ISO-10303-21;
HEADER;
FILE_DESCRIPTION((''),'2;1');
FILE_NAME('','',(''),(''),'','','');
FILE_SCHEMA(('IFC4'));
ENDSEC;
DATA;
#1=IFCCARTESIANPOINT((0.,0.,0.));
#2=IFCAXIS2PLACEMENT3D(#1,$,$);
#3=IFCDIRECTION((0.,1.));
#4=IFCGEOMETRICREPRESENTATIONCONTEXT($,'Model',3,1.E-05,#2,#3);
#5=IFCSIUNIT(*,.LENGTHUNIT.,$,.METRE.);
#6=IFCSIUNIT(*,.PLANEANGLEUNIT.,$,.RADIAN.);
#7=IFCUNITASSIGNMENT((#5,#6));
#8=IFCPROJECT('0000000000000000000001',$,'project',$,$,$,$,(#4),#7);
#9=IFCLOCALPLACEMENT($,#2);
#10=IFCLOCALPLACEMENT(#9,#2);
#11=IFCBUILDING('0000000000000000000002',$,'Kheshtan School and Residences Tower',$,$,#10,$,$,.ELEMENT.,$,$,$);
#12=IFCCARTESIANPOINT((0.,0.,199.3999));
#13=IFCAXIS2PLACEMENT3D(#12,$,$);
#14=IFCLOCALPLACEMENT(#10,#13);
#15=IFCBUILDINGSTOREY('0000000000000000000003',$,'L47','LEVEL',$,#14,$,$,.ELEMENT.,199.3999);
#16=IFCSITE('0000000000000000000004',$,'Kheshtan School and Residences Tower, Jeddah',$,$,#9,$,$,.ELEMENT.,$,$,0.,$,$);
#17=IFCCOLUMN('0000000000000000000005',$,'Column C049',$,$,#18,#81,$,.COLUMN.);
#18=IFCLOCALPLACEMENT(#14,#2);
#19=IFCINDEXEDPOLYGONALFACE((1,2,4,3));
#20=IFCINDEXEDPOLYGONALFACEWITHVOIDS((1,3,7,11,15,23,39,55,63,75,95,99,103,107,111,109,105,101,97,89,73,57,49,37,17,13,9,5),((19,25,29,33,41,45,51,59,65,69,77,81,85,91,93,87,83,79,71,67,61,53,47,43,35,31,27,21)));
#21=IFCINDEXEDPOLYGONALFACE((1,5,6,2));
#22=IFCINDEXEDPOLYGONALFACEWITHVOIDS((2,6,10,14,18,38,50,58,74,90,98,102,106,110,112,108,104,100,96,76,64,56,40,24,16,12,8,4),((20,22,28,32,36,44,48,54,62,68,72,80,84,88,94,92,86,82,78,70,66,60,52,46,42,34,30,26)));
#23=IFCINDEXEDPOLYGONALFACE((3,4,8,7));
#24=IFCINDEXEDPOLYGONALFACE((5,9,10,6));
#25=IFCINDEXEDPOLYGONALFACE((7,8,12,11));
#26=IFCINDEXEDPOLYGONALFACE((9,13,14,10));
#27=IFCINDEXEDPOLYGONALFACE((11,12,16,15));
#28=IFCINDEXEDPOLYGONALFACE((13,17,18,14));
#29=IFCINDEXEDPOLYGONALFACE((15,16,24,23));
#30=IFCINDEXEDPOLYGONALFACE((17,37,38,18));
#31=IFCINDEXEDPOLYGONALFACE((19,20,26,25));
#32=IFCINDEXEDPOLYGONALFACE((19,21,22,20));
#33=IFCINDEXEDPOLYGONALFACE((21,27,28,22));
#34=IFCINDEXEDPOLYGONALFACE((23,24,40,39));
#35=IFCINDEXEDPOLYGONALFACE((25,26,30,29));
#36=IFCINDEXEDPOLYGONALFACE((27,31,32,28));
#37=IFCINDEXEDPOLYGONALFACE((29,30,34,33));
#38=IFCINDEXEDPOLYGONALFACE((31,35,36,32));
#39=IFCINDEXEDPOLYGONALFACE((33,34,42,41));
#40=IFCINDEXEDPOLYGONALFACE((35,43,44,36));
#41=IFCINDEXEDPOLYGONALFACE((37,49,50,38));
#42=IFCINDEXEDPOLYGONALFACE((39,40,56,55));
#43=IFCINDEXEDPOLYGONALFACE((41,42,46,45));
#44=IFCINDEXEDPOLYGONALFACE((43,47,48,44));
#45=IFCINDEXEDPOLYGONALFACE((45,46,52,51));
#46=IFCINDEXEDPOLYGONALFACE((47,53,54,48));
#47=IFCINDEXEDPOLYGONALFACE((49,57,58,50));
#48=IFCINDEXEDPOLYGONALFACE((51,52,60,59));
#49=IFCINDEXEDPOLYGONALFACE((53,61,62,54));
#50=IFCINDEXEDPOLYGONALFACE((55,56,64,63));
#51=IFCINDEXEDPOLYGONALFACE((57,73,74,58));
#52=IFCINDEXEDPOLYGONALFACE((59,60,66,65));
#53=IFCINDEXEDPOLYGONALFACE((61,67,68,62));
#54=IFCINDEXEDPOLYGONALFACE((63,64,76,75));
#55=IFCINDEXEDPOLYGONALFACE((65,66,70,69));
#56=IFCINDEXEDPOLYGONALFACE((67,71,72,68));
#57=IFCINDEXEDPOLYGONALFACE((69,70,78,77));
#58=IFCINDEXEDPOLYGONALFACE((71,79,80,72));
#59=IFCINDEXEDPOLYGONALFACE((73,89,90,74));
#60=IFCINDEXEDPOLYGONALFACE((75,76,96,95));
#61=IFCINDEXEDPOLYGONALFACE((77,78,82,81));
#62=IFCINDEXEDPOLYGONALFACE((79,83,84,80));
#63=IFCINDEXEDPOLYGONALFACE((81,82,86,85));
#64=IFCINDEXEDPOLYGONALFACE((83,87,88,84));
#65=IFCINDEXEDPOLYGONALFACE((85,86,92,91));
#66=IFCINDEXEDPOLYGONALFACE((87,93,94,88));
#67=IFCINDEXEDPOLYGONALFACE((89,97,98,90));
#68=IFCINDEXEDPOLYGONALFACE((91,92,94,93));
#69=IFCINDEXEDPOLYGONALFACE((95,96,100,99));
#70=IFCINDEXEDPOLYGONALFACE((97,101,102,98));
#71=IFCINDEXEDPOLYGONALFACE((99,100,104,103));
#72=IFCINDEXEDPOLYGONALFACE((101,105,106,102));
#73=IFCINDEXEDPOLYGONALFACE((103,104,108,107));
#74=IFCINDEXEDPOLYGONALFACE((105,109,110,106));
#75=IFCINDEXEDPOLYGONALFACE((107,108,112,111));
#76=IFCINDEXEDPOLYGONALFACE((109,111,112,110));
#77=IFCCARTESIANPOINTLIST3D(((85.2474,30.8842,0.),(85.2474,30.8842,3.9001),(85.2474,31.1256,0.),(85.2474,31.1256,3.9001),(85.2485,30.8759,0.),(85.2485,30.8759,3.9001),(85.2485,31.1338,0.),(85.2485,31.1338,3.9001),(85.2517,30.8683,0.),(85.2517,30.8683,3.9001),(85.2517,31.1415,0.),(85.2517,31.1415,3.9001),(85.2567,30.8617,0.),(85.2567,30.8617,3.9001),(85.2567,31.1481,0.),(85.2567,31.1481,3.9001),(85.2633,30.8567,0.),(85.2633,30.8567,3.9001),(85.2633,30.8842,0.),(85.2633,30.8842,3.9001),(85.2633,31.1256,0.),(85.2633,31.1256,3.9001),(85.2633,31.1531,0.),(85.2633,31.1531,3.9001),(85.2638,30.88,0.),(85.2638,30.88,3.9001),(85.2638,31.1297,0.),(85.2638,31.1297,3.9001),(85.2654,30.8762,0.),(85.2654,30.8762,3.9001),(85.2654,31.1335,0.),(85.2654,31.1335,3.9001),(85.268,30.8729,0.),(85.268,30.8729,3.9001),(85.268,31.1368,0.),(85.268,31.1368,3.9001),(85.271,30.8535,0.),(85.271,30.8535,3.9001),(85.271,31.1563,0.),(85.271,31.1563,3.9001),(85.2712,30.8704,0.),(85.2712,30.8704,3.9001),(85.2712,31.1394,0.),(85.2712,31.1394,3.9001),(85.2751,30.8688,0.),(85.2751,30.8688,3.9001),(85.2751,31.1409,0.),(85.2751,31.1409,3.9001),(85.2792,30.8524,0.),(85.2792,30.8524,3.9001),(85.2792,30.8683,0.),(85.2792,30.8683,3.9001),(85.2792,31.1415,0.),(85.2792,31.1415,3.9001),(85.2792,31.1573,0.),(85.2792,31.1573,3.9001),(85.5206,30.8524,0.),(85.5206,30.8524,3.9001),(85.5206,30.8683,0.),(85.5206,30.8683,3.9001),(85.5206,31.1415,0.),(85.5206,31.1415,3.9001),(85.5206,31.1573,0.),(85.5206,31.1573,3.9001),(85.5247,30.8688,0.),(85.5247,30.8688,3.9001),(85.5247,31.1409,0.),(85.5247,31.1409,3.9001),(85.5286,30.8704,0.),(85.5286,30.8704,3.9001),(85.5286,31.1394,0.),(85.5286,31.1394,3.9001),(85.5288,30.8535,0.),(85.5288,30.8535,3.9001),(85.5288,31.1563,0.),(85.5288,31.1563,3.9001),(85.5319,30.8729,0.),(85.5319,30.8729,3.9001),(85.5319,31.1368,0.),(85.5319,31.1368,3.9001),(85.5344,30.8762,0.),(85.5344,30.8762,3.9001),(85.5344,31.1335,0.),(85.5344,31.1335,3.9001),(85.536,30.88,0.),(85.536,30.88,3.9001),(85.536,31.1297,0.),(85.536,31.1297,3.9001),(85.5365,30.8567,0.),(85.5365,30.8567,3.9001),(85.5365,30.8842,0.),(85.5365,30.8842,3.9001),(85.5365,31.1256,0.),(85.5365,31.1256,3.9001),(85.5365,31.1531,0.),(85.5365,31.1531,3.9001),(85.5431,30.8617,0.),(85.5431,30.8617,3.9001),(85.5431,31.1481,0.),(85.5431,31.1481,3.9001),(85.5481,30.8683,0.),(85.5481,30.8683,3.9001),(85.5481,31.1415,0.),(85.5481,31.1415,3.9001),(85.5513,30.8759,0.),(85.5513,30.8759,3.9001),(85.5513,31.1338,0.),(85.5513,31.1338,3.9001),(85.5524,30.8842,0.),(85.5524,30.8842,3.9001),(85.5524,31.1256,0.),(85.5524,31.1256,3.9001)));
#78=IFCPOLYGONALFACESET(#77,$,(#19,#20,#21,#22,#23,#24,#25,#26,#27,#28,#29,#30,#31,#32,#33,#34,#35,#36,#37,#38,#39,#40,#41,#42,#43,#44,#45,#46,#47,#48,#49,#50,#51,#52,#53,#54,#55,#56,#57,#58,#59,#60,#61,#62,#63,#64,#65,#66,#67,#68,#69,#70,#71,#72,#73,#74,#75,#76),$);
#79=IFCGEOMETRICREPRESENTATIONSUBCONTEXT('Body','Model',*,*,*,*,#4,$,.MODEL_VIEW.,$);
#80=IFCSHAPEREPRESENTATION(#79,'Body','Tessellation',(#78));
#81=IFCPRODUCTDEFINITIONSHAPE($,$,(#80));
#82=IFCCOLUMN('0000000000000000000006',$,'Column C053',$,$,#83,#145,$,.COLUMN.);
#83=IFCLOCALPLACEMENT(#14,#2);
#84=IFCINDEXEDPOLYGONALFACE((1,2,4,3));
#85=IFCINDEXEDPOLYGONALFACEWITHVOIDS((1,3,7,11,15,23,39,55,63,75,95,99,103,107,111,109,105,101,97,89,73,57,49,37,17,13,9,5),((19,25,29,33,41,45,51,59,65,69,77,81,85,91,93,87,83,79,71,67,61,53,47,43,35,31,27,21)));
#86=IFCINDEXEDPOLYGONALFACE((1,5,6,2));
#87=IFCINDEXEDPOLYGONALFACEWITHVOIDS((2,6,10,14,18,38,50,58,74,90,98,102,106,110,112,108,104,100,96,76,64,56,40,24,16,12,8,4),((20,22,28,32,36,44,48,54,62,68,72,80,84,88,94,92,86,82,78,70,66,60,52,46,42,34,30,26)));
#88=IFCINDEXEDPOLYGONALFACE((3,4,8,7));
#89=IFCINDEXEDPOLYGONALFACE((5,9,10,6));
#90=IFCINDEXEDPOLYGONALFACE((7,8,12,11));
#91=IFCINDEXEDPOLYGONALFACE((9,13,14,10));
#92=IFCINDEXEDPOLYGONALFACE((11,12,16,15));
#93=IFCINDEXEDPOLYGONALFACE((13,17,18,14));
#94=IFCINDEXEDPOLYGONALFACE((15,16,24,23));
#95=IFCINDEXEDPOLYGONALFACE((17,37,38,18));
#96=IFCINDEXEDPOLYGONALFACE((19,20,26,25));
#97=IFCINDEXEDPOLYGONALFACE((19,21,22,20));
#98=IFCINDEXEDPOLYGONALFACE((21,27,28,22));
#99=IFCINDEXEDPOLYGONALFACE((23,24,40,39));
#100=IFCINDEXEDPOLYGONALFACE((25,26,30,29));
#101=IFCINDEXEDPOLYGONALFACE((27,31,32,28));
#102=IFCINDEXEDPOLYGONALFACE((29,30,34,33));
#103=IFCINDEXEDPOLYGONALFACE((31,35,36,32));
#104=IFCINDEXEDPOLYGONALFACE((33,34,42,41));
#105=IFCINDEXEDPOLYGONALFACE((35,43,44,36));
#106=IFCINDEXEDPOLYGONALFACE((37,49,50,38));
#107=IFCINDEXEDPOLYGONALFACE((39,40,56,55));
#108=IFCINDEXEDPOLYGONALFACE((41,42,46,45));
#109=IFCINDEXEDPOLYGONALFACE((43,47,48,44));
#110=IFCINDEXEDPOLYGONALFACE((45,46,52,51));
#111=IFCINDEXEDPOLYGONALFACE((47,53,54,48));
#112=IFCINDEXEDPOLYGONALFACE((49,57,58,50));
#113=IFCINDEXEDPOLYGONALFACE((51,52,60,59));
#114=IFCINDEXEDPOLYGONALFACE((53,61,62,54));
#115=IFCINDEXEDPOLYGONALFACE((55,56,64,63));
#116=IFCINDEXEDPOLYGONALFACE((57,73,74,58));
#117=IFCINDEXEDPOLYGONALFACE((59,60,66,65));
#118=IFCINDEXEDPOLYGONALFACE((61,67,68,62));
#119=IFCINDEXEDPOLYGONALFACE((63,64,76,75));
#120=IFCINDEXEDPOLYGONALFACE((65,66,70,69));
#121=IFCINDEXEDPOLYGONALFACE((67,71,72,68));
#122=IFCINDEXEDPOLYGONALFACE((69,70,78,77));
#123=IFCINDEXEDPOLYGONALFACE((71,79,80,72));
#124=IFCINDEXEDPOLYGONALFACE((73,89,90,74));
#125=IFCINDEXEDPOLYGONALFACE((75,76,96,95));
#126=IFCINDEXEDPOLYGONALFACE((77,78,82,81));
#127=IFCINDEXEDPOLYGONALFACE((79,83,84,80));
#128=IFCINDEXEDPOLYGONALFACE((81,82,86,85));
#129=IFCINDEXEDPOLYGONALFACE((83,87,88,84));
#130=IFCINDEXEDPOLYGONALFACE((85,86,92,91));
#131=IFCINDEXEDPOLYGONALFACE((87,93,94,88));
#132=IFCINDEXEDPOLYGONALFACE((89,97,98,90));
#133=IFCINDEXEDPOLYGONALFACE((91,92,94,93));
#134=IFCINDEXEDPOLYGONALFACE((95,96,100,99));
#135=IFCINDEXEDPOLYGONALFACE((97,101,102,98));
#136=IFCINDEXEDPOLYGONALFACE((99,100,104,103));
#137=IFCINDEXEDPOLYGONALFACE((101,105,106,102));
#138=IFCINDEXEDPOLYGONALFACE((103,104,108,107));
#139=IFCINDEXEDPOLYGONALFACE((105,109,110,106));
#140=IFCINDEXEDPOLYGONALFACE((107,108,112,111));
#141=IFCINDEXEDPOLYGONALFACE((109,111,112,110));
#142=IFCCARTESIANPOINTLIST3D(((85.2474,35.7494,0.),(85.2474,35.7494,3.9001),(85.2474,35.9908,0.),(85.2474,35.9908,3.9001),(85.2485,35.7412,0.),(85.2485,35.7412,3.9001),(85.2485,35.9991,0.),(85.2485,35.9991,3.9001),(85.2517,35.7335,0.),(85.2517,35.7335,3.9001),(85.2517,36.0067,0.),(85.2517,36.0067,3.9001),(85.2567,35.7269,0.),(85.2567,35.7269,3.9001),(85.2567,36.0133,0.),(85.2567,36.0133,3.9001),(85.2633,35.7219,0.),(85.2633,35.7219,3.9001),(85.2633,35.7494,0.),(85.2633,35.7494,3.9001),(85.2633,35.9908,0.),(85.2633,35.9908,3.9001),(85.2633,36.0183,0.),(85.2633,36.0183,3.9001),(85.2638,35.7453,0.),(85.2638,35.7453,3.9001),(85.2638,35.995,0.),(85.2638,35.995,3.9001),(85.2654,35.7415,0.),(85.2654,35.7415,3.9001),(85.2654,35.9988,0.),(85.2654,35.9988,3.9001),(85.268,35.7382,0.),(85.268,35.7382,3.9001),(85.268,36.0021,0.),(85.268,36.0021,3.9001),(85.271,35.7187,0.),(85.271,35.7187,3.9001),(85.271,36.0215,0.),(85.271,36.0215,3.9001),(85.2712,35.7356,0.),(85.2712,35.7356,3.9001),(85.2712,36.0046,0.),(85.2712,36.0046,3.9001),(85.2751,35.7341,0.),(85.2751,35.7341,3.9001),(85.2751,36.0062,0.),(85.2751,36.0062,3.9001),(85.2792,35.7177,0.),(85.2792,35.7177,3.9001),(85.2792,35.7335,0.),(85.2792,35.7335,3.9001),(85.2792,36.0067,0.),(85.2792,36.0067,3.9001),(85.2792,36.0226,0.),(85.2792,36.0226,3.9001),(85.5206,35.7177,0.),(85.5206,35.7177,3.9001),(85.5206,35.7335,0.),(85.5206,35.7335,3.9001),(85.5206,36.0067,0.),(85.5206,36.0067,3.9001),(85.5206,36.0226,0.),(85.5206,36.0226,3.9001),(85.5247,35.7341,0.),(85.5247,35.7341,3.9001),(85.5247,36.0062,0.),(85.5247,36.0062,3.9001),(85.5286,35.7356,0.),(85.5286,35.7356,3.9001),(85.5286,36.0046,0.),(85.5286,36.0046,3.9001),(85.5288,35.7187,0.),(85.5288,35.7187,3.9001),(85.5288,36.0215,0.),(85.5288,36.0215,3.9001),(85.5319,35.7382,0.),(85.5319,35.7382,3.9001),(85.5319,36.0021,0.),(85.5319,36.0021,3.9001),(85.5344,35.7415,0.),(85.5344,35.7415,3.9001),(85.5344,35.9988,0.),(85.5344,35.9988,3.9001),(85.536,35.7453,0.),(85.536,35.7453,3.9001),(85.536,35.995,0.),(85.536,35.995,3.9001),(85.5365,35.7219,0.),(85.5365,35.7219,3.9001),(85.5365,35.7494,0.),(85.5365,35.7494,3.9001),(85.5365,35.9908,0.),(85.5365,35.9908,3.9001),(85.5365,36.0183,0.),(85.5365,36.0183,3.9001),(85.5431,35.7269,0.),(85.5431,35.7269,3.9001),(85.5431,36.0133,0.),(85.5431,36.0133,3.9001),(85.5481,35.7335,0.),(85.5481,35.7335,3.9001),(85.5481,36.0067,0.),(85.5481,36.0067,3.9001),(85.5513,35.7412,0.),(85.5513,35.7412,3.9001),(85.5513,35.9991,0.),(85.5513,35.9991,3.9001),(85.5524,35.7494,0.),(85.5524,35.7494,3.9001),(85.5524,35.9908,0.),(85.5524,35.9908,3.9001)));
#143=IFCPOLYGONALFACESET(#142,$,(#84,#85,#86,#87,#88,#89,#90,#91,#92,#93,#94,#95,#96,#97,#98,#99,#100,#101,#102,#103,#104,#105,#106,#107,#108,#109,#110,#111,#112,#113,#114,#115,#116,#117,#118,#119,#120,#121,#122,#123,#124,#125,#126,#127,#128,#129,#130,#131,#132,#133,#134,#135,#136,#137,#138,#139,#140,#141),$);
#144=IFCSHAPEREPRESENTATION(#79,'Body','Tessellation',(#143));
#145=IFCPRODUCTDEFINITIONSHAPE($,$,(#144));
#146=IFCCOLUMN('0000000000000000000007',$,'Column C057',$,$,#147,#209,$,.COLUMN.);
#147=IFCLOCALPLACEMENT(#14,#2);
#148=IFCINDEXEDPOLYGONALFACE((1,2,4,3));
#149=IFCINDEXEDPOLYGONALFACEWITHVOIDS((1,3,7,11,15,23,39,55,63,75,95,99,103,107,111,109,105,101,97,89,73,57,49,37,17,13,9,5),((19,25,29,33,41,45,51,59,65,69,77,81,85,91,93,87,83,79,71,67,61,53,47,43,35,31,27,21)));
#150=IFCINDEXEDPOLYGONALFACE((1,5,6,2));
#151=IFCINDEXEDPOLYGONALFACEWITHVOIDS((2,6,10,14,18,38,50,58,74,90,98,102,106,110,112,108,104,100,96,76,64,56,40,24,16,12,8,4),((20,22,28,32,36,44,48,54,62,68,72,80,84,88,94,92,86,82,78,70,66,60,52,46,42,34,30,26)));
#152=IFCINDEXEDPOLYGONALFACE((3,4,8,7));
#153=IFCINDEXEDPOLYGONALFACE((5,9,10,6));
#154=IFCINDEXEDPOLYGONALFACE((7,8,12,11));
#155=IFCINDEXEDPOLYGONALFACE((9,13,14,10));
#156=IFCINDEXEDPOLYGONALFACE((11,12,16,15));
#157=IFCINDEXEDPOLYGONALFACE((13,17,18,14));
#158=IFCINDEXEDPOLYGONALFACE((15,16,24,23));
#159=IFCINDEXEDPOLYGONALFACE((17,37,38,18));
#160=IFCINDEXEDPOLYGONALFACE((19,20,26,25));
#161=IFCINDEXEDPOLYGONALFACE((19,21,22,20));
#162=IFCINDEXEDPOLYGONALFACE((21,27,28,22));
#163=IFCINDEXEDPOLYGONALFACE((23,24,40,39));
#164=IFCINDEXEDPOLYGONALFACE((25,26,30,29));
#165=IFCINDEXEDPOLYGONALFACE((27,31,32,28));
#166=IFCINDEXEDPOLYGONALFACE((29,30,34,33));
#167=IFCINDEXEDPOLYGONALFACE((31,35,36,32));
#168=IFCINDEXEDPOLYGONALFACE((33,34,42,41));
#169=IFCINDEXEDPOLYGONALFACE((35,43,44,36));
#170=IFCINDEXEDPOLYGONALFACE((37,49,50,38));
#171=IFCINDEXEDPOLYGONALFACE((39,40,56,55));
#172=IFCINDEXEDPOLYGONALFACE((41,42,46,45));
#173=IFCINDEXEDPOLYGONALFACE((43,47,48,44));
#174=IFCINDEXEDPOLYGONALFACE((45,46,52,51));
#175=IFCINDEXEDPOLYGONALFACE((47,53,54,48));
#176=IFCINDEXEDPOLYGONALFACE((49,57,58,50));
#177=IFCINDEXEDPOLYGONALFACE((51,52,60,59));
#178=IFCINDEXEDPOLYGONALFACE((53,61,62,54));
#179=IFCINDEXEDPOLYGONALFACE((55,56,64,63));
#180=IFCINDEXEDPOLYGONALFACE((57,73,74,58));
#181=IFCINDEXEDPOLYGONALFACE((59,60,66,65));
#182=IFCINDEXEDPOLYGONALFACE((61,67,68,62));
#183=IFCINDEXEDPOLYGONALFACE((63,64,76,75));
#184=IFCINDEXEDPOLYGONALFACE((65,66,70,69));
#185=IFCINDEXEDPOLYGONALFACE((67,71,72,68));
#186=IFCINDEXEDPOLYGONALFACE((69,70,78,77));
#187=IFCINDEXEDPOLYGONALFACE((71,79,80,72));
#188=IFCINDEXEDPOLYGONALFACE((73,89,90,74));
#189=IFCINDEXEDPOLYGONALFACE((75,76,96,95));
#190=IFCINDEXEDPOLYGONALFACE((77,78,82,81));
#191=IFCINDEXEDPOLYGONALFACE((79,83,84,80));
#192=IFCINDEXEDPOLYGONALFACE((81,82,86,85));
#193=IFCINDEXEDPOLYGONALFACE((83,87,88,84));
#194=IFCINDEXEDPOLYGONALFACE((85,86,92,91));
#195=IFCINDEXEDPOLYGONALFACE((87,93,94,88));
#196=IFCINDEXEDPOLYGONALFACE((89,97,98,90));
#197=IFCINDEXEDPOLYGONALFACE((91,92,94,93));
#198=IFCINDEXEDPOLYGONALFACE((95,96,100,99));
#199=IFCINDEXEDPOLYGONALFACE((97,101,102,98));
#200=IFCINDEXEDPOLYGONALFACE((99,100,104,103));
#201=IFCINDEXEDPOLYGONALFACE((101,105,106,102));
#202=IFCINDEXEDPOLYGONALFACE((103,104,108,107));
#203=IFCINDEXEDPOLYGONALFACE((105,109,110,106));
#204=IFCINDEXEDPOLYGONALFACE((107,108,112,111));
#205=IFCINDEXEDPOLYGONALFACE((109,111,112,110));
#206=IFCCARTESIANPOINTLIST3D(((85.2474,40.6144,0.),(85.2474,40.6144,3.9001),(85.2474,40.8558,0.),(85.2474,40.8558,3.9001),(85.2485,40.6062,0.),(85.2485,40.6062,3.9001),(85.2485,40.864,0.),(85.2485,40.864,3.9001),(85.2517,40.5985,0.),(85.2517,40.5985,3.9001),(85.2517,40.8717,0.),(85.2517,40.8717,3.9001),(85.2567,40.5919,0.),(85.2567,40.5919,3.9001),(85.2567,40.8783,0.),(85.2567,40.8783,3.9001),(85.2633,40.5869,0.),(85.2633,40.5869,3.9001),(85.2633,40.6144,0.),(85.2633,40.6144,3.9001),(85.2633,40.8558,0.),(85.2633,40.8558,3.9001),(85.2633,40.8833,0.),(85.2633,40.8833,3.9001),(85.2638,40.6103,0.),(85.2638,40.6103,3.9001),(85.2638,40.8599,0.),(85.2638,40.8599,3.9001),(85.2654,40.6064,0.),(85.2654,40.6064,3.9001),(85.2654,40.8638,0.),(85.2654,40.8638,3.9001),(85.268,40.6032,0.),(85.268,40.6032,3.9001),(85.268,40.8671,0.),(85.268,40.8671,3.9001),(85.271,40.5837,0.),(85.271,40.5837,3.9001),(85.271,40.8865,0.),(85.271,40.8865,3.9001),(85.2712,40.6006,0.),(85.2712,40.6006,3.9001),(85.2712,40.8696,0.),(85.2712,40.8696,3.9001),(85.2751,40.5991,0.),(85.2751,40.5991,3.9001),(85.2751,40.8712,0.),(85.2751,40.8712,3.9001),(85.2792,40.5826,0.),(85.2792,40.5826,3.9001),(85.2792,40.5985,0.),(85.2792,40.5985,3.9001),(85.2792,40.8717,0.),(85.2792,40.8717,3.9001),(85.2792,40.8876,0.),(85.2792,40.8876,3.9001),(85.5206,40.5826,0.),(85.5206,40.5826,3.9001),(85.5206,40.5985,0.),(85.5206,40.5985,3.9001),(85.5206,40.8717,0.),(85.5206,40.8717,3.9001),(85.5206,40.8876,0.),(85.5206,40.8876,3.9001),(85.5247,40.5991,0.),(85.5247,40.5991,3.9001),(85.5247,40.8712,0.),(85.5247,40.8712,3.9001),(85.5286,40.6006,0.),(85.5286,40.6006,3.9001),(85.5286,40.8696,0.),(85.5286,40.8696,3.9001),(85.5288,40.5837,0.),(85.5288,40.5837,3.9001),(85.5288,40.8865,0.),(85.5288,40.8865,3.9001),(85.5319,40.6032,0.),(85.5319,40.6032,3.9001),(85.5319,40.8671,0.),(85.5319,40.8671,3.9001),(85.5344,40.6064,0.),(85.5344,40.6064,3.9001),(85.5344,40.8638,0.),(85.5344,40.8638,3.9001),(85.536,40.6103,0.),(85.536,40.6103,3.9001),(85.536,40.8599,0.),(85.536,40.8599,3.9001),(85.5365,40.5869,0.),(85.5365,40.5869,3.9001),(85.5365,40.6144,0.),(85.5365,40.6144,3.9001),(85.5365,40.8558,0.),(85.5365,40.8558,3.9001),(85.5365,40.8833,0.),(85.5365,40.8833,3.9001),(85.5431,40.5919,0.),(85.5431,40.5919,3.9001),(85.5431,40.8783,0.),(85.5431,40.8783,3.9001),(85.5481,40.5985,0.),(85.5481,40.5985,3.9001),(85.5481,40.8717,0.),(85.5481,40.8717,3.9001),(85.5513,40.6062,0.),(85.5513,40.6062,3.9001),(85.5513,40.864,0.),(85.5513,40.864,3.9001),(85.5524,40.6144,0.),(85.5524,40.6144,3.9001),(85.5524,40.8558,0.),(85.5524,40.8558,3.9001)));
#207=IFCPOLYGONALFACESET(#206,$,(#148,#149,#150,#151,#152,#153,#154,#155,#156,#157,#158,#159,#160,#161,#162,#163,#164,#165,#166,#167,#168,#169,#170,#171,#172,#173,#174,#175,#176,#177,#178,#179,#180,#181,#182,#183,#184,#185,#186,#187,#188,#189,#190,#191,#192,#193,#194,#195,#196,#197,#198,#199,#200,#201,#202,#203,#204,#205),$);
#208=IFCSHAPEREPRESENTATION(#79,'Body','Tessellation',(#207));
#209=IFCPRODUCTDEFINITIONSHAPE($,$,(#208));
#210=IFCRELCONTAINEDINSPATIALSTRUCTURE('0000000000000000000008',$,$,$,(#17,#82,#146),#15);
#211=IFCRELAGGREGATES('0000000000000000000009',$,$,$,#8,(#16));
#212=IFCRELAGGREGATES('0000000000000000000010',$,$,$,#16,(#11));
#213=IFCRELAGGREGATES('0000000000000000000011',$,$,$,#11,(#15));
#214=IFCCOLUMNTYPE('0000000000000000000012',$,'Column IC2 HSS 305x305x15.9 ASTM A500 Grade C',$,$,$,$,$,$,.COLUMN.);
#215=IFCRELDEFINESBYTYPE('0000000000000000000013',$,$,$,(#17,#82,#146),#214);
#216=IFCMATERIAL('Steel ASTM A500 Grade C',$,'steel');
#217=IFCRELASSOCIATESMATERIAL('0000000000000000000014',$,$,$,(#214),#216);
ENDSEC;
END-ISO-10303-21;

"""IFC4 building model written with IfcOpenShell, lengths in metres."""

from ifc_helpers import new_model, si_unit, direction, frame, origin, origin_2d, place, context, subcontext, project, spatial, hollow_rectangle, extrude, material, material_profile, profile_set, type_object, element, save


model = new_model("IFC4")

# Units and contexts
model_context = context("Model", 3, precision=1e-05, world=origin(), true_north=direction((0.0, 1.0)))
body_context = subcontext(model_context, "Body", "Model", "MODEL_VIEW")
ifc_project = project(units=[si_unit("LENGTHUNIT", "METRE"), si_unit("PLANEANGLEUNIT", "RADIAN")], contexts=[model_context])

# Site, building, storey
site_placement = place(None, origin())
site = spatial("IfcSite", under=ifc_project, at=site_placement, Name="Kheshtan School and Residences Tower, Jeddah", CompositionType="ELEMENT", RefElevation=0.0)
building_placement = place(site_placement, origin())
building = spatial("IfcBuilding", under=site, at=building_placement, Name="Kheshtan School and Residences Tower", CompositionType="ELEMENT")
storey_placement = place(building_placement, frame((0.0, 0.0, 199.3999)))
storey = spatial("IfcBuildingStorey", under=building, at=storey_placement, Name="L47", Description="LEVEL", CompositionType="ELEMENT", Elevation=199.3999)

# Columns
ifc_material_1 = material(Name="Steel ASTM A500 Grade C", Category="steel")
ifc_material_profile_1 = material_profile(ifc_material_1, hollow_rectangle(XDim=0.3049, YDim=0.3049, WallThickness=0.0159, InnerFilletRadius=0.0159, OuterFilletRadius=0.0317, at=origin_2d()), Name="HSS 305x305x15.9")
ifc_profile_set_1 = profile_set([ifc_material_profile_1], Name="Steel ASTM A500 Grade C")
column_type = type_object("IfcColumnType", Name="Column IC2 HSS 305x305x15.9 ASTM A500 Grade C", PredefinedType="COLUMN", material=ifc_profile_set_1)
for number, where, z_axis, x_axis, name in (
    (1, (85.3999, 31.0049, 0.0), (0.0, 0.0, 1.0), (1.0, 0.0, 0.0), "Column C049"),
    (2, (85.3999, 35.8701, 0.0), (0.0, 0.0, 1.0), (1.0, 0.0, 0.0), "Column C053"),
    (3, (85.3999, 40.7351, 0.0), (0.0, 0.0, 1.0), (1.0, 0.0, 0.0), "Column C057"),
):
    element("IfcColumn", number, at=place(storey_placement, frame(where, z_axis=z_axis, x_axis=x_axis)), inside=storey, type_object=column_type, Name=name, PredefinedType="COLUMN", context=body_context, shape_type="SweptSolid", body=[
        extrude(hollow_rectangle(XDim=0.3049, YDim=0.3049, WallThickness=0.0159, InnerFilletRadius=0.0159, OuterFilletRadius=0.0317, at=origin_2d()), origin(), (0.0, 0.0, 1.0), 3.9001),
    ])

save(model, "model.ifc")
